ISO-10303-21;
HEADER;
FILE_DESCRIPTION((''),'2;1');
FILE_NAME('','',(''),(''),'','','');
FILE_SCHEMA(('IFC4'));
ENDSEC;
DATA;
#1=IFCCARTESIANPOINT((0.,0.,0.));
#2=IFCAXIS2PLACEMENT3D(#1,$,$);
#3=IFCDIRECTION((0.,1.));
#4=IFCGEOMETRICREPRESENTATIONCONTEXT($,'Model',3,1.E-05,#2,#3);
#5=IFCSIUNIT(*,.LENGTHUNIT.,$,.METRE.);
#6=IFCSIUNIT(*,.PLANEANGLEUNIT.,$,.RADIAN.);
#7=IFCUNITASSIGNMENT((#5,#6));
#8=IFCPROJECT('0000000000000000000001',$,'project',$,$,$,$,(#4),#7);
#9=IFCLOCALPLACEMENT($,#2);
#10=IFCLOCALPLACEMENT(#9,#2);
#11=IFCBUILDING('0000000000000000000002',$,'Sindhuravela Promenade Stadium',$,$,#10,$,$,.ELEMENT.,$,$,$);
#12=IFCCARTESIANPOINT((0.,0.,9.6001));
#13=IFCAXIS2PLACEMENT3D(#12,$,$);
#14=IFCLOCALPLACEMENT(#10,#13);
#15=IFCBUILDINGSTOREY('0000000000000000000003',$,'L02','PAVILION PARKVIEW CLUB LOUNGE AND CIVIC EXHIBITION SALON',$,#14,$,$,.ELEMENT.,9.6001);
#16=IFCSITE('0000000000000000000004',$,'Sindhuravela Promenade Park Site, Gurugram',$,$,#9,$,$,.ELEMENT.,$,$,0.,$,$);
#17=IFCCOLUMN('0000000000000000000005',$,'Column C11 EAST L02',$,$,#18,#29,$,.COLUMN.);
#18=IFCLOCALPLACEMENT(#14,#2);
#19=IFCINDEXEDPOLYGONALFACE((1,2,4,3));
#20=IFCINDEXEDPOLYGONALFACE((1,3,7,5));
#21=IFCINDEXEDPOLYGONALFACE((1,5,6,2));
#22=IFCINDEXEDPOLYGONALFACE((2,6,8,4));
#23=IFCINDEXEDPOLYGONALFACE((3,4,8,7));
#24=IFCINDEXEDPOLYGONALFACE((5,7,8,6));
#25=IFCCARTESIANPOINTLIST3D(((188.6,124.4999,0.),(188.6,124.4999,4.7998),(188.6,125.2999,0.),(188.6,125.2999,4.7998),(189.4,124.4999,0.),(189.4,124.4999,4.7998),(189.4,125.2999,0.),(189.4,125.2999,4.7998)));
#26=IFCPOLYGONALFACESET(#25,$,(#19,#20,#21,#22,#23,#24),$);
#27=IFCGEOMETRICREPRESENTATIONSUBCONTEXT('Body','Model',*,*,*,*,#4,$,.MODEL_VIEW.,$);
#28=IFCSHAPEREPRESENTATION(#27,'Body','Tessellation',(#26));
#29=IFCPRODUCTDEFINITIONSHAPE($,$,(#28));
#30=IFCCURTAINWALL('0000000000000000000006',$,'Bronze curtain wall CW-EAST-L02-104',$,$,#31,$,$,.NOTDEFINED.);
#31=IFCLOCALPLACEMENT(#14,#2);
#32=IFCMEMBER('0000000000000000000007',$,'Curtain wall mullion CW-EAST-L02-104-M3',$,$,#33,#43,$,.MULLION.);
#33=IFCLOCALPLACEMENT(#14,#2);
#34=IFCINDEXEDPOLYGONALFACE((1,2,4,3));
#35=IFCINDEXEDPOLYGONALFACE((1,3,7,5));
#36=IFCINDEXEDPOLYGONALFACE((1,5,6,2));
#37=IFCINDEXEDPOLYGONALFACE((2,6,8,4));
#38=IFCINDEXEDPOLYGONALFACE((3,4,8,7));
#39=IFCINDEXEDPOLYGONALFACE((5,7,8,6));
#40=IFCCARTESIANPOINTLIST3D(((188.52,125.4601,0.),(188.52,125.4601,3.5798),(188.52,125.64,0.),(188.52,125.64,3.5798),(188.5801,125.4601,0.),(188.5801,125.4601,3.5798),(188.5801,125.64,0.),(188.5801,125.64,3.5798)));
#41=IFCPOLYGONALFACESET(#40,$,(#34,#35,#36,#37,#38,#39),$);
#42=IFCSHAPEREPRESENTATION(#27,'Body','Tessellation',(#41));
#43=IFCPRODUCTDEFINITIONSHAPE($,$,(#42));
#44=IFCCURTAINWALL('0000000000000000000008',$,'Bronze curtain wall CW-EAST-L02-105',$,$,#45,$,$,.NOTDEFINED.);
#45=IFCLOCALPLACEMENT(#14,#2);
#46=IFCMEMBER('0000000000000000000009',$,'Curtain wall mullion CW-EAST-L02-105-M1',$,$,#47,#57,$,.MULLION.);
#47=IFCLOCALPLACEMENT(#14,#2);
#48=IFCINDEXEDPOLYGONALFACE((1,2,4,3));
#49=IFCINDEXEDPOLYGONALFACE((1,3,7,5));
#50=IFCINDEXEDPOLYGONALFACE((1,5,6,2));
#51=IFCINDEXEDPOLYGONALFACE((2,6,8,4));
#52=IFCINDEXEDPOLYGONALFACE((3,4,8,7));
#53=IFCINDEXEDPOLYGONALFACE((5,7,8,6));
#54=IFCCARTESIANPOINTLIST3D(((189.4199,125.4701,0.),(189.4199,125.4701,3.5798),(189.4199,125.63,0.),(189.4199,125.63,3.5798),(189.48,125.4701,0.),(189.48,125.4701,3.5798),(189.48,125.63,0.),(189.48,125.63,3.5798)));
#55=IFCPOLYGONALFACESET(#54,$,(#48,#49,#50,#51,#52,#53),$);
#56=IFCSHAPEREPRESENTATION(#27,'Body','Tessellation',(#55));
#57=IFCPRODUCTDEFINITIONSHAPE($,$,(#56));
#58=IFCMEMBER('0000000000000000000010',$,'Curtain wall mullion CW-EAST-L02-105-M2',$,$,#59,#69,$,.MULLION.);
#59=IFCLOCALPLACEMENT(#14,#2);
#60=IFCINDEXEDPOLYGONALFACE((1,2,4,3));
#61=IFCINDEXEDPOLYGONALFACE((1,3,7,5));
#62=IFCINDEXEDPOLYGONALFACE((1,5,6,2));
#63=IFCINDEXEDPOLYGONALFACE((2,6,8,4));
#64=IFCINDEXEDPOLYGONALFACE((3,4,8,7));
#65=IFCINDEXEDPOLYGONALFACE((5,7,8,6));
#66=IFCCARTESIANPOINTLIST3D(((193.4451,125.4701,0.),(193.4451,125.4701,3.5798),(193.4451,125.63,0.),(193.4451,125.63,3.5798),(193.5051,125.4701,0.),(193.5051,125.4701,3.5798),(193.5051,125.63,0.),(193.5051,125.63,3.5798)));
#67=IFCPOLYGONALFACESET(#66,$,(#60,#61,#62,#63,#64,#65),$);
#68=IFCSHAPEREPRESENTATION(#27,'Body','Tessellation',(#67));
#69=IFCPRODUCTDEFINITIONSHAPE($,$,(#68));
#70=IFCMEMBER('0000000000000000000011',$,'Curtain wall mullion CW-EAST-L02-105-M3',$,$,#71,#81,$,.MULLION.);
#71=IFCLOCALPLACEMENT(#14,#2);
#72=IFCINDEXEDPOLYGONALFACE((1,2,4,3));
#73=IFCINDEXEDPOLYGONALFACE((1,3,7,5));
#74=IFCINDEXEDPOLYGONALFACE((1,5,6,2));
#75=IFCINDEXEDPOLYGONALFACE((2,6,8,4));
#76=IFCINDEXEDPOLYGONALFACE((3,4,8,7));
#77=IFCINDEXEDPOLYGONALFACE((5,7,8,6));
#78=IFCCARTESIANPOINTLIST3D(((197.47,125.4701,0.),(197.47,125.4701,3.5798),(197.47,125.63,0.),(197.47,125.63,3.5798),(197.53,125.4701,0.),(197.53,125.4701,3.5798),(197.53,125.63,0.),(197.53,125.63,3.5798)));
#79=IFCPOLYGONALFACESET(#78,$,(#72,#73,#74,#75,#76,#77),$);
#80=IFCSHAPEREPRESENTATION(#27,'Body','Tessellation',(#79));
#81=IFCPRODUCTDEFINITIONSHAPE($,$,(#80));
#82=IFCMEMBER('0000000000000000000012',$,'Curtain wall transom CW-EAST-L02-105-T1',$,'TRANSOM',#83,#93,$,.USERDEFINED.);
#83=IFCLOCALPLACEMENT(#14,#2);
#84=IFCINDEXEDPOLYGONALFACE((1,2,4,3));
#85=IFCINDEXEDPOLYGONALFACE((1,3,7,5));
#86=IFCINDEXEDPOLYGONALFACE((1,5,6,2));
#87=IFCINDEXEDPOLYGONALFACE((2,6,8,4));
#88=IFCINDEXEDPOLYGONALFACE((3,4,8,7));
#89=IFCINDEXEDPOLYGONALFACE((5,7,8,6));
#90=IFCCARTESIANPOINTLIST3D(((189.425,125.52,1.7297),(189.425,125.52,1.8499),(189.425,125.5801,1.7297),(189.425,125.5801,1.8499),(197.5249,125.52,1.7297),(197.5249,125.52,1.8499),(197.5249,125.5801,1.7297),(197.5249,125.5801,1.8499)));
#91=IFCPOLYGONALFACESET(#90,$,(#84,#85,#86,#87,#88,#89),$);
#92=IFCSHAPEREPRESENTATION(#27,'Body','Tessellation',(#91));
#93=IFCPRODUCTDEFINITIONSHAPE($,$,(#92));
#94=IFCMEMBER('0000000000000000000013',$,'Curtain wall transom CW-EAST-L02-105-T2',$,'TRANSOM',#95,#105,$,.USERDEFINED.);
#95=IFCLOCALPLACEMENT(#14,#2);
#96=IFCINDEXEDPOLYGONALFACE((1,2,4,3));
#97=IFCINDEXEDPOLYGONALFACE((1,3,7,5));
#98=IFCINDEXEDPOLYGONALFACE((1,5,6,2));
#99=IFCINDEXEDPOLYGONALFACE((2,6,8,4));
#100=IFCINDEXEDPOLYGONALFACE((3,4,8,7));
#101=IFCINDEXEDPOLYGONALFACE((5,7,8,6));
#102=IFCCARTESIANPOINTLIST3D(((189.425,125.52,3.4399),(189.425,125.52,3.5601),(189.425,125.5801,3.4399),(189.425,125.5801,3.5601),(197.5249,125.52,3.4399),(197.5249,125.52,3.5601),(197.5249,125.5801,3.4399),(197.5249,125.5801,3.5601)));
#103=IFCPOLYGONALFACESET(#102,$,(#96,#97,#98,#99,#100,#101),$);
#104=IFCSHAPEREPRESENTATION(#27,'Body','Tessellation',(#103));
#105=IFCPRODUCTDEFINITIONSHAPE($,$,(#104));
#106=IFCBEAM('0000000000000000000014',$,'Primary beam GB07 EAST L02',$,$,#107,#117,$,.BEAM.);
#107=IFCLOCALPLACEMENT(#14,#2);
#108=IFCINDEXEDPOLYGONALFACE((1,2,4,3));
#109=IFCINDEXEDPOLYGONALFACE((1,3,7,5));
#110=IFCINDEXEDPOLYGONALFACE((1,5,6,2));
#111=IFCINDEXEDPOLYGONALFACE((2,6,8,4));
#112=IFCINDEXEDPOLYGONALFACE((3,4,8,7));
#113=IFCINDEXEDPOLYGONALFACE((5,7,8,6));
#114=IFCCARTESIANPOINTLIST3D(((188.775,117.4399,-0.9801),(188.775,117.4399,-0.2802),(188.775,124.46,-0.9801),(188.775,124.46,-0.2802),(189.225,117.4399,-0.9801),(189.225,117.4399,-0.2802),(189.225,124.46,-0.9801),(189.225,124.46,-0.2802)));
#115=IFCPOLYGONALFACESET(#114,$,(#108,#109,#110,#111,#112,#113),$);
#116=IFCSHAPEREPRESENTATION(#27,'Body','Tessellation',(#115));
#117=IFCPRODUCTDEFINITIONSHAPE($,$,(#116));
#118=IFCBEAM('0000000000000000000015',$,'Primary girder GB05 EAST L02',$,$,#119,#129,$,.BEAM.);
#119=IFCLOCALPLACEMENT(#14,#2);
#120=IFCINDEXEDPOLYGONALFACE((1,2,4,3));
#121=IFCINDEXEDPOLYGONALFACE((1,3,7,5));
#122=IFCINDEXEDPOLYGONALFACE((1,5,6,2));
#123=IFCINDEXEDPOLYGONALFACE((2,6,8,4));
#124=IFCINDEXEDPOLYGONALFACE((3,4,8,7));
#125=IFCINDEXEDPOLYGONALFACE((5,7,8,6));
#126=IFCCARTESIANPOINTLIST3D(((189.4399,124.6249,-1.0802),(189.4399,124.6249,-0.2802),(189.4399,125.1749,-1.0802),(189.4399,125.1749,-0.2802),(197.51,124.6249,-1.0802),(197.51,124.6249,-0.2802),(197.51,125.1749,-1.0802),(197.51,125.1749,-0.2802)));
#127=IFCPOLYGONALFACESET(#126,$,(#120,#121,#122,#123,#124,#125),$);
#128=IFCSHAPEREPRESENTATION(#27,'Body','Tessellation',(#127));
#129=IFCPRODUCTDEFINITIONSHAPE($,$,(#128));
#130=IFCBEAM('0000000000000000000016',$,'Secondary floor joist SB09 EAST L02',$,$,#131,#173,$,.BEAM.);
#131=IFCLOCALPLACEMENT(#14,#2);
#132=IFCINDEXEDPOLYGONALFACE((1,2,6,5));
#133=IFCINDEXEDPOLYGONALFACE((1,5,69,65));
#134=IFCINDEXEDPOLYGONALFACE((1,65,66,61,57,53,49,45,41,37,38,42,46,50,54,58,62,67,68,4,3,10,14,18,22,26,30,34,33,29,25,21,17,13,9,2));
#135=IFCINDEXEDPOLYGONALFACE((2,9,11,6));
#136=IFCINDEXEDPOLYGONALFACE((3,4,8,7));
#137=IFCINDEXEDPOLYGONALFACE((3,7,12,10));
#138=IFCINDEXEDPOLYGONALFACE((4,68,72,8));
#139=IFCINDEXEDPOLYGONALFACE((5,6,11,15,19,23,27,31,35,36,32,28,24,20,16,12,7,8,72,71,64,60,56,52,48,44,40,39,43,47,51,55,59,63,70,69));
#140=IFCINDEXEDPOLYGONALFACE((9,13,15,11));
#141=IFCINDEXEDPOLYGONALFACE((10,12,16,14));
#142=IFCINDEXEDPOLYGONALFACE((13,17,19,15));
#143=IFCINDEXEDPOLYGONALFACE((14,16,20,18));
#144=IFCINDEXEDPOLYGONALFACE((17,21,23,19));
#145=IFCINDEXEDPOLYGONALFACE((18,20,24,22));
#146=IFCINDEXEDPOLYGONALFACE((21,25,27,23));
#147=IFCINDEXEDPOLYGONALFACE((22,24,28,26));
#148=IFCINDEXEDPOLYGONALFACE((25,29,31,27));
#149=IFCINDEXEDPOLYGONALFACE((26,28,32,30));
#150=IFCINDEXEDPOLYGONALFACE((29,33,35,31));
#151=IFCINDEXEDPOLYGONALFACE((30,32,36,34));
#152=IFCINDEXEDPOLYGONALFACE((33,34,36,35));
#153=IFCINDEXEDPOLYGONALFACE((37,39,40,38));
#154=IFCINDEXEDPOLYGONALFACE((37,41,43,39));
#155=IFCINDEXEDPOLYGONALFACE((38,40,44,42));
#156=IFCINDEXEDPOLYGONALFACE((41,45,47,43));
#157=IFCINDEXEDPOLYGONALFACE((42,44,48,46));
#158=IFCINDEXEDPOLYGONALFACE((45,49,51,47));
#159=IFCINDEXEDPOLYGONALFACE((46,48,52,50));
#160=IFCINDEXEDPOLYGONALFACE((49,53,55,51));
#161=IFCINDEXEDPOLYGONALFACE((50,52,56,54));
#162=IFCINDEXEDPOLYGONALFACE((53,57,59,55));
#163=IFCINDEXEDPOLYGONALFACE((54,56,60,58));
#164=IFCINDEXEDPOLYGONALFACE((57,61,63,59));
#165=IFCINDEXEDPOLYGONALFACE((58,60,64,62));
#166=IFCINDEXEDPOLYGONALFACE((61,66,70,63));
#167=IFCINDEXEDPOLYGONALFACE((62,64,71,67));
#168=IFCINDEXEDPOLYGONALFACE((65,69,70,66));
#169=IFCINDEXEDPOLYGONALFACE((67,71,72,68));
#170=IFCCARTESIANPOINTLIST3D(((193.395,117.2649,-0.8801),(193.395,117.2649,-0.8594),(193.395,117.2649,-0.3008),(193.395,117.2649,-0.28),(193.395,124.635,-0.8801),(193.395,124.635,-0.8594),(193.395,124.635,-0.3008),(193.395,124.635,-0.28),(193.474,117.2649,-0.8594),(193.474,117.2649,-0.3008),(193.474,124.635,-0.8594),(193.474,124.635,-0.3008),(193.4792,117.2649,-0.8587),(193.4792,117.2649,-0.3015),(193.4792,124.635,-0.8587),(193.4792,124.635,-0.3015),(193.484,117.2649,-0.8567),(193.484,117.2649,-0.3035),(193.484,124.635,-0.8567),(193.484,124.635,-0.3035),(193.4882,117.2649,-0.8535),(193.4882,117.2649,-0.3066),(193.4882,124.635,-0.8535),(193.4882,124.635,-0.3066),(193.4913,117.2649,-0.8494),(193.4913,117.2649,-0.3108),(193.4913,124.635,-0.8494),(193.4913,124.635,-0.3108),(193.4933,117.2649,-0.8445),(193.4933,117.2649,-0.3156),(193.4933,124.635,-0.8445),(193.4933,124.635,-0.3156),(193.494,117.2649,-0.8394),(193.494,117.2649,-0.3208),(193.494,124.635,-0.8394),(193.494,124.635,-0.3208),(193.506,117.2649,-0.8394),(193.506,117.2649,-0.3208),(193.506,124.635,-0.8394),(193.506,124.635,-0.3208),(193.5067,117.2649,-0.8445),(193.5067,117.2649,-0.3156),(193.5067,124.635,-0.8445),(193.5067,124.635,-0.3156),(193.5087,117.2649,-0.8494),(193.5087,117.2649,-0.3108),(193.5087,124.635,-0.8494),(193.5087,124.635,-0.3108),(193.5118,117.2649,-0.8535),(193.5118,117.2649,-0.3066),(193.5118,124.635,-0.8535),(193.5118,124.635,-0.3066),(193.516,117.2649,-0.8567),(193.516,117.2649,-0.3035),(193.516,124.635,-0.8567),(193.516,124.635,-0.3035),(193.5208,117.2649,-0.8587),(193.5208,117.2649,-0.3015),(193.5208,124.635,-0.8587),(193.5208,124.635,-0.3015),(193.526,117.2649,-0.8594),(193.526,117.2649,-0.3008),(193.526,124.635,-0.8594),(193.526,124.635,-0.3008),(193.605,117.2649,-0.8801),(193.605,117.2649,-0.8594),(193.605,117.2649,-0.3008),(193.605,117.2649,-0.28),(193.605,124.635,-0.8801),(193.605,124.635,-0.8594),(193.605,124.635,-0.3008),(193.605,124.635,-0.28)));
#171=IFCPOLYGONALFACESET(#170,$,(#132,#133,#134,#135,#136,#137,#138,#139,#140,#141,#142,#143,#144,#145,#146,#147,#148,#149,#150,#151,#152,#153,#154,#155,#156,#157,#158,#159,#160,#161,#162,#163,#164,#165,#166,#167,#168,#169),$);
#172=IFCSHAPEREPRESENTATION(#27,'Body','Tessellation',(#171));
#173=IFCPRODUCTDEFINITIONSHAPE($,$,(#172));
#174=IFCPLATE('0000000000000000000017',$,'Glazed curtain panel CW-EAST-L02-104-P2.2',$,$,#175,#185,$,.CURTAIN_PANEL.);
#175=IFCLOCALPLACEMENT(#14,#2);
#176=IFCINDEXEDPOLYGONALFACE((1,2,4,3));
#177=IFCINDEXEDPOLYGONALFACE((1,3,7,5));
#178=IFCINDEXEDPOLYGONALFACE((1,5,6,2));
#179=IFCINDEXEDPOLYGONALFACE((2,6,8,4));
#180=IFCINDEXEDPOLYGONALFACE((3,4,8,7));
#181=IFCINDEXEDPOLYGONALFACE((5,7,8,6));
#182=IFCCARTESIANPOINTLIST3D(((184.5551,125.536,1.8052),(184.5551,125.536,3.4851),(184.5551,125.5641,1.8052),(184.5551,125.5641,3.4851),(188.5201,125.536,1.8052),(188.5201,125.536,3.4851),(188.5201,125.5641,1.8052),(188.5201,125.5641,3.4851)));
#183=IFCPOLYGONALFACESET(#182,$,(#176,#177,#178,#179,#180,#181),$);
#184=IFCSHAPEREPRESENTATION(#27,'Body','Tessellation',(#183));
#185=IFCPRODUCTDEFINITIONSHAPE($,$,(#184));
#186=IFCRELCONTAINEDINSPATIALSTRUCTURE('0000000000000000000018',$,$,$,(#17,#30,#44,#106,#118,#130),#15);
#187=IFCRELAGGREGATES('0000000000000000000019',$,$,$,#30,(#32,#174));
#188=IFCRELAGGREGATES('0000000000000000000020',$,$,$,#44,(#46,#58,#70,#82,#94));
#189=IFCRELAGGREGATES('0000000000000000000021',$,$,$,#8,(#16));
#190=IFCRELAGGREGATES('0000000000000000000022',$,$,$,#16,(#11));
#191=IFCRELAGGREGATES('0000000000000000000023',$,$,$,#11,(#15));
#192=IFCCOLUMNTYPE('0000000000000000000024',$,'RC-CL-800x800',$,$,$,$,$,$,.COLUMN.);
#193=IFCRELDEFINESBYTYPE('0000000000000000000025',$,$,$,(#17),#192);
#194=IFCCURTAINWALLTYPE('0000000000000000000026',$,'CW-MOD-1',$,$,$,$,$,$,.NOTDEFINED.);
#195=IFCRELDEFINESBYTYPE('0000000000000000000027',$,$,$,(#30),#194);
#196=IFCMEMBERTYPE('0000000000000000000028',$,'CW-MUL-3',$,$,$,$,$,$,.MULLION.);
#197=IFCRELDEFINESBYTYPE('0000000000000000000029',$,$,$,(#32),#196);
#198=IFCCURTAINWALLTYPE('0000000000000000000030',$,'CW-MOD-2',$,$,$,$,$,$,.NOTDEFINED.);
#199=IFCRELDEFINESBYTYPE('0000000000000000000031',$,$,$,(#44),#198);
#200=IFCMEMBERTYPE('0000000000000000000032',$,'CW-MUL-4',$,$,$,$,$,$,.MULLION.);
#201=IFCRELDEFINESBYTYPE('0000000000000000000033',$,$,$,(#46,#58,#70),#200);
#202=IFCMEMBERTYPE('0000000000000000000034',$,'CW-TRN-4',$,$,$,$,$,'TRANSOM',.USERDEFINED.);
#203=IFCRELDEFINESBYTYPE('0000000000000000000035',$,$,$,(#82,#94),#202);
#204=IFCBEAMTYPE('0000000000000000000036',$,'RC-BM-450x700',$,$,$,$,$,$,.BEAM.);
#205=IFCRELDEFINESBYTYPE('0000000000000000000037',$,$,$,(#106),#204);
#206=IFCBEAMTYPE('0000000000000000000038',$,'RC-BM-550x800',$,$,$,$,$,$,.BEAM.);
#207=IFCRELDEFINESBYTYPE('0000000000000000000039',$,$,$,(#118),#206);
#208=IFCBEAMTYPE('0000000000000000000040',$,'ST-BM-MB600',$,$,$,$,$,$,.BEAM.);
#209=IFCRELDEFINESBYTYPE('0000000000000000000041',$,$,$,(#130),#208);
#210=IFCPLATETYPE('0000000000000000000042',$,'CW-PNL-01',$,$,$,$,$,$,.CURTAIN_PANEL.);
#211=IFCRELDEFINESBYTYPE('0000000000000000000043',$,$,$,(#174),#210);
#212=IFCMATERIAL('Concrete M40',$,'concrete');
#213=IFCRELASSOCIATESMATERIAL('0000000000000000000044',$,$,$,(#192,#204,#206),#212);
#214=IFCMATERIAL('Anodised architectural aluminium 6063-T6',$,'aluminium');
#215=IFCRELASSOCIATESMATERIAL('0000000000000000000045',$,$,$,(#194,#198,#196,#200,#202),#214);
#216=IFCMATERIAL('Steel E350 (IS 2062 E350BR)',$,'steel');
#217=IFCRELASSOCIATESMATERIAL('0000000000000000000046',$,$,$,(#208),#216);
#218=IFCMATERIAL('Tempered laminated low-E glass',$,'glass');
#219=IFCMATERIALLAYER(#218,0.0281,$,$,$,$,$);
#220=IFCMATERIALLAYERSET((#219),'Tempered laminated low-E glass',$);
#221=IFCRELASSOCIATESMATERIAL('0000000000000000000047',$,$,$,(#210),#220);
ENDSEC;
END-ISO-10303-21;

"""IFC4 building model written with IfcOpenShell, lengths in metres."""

from ifc_helpers import new_model, si_unit, direction, frame, origin, origin_2d, place, context, subcontext, project, spatial, rectangle, i_section, extrude, material, layer, layer_set, material_profile, profile_set, type_object, element, aggregate, save


model = new_model("IFC4")

# Units and contexts
model_context = context("Model", 3, precision=1e-05, world=origin(), true_north=direction((0.0, 1.0)))
body_context = subcontext(model_context, "Body", "Model", "MODEL_VIEW")
ifc_project = project(units=[si_unit("LENGTHUNIT", "METRE"), si_unit("PLANEANGLEUNIT", "RADIAN")], contexts=[model_context])

# Site, building, storey
site_placement = place(None, origin())
site = spatial("IfcSite", under=ifc_project, at=site_placement, Name="Sindhuravela Promenade Park Site, Gurugram", CompositionType="ELEMENT", RefElevation=0.0)
building_placement = place(site_placement, origin())
building = spatial("IfcBuilding", under=site, at=building_placement, Name="Sindhuravela Promenade Stadium", CompositionType="ELEMENT")
storey_placement = place(building_placement, frame((0.0, 0.0, 9.6001)))
storey = spatial("IfcBuildingStorey", under=building, at=storey_placement, Name="L02", Description="PAVILION PARKVIEW CLUB LOUNGE AND CIVIC EXHIBITION SALON", CompositionType="ELEMENT", Elevation=9.6001)

# Column
ifc_material_1 = material(Name="Concrete M40", Category="concrete")
ifc_material_profile_1 = material_profile(ifc_material_1, rectangle(XDim=0.8, YDim=0.8, at=origin_2d()), Name="RC 800x800")
ifc_profile_set_1 = profile_set([ifc_material_profile_1], Name="Concrete M40")
column_type = type_object("IfcColumnType", Name="RC-CL-800x800", PredefinedType="COLUMN", material=ifc_profile_set_1)
column_placement = place(storey_placement, frame((189.0, 124.8999, 0.0), z_axis=(0.0, 0.0, 1.0), x_axis=(1.0, 0.0, 0.0)))
element("IfcColumn", 1, at=column_placement, inside=storey, type_object=column_type, Name="Column C11 EAST L02", PredefinedType="COLUMN", context=body_context, shape_type="SweptSolid", body=[
    extrude(rectangle(XDim=0.8, YDim=0.8, at=origin_2d()), origin(), (0.0, 0.0, 1.0), 4.7998),
])

# Curtain wall, member
ifc_material_2 = material(Name="Anodised architectural aluminium 6063-T6", Category="aluminium")
curtain_wall_type_1 = type_object("IfcCurtainWallType", Name="CW-MOD-1", PredefinedType="NOTDEFINED", material=ifc_material_2)
curtain_wall_1_placement = place(storey_placement, origin())
curtain_wall_1 = element("IfcCurtainWall", 2, at=curtain_wall_1_placement, inside=storey, type_object=curtain_wall_type_1, Name="Bronze curtain wall CW-EAST-L02-104", PredefinedType="NOTDEFINED")
ifc_material_profile_2 = material_profile(ifc_material_2, rectangle(XDim=0.0601, YDim=0.1799, at=origin_2d()), Name="ALU M60x180")
ifc_profile_set_2 = profile_set([ifc_material_profile_2], Name="Anodised architectural aluminium 6063-T6")
member_type_1 = type_object("IfcMemberType", Name="CW-MUL-3", PredefinedType="MULLION", material=ifc_profile_set_2)
member_1_placement = place(storey_placement, frame((188.55, 125.55, 0.0), z_axis=(0.0, 0.0, 1.0), x_axis=(1.0, 0.0, 0.0)))
member_1 = element("IfcMember", 3, at=member_1_placement, type_object=member_type_1, Name="Curtain wall mullion CW-EAST-L02-104-M3", PredefinedType="MULLION", context=body_context, shape_type="SweptSolid", body=[
    extrude(rectangle(XDim=0.0601, YDim=0.1799, at=origin_2d()), origin(), (0.0, 0.0, 1.0), 3.5798),
])

# Curtain wall, members
curtain_wall_type_2 = type_object("IfcCurtainWallType", Name="CW-MOD-2", PredefinedType="NOTDEFINED", material=ifc_material_2)
curtain_wall_2_placement = place(storey_placement, origin())
curtain_wall_2 = element("IfcCurtainWall", 4, at=curtain_wall_2_placement, inside=storey, type_object=curtain_wall_type_2, Name="Bronze curtain wall CW-EAST-L02-105", PredefinedType="NOTDEFINED")
ifc_material_profile_3 = material_profile(ifc_material_2, rectangle(XDim=0.0601, YDim=0.1599, at=origin_2d()), Name="ALU M60x160")
ifc_profile_set_3 = profile_set([ifc_material_profile_3], Name="Anodised architectural aluminium 6063-T6")
member_type_2 = type_object("IfcMemberType", Name="CW-MUL-4", PredefinedType="MULLION", material=ifc_profile_set_3)
member_2_placement = place(storey_placement, frame((189.45, 125.55, 0.0), z_axis=(0.0, 0.0, 1.0), x_axis=(1.0, 0.0, 0.0)))
member_2 = element("IfcMember", 5, at=member_2_placement, type_object=member_type_2, Name="Curtain wall mullion CW-EAST-L02-105-M1", PredefinedType="MULLION", context=body_context, shape_type="SweptSolid", body=[
    extrude(rectangle(XDim=0.0601, YDim=0.1599, at=origin_2d()), origin(), (0.0, 0.0, 1.0), 3.5798),
])
member_3_placement = place(storey_placement, frame((193.4751, 125.55, 0.0), z_axis=(0.0, 0.0, 1.0), x_axis=(1.0, 0.0, 0.0)))
member_3 = element("IfcMember", 6, at=member_3_placement, type_object=member_type_2, Name="Curtain wall mullion CW-EAST-L02-105-M2", PredefinedType="MULLION", context=body_context, shape_type="SweptSolid", body=[
    extrude(rectangle(XDim=0.0601, YDim=0.1599, at=origin_2d()), origin(), (0.0, 0.0, 1.0), 3.5798),
])
member_4_placement = place(storey_placement, frame((197.5, 125.55, 0.0), z_axis=(0.0, 0.0, 1.0), x_axis=(1.0, 0.0, 0.0)))
member_4 = element("IfcMember", 7, at=member_4_placement, type_object=member_type_2, Name="Curtain wall mullion CW-EAST-L02-105-M3", PredefinedType="MULLION", context=body_context, shape_type="SweptSolid", body=[
    extrude(rectangle(XDim=0.0601, YDim=0.1599, at=origin_2d()), origin(), (0.0, 0.0, 1.0), 3.5798),
])
ifc_material_profile_4 = material_profile(ifc_material_2, rectangle(XDim=0.0601, YDim=0.1201, at=origin_2d()), Name="ALU T60x120")
ifc_profile_set_4 = profile_set([ifc_material_profile_4], Name="Anodised architectural aluminium 6063-T6")
member_type_3 = type_object("IfcMemberType", Name="CW-TRN-4", ElementType="TRANSOM", PredefinedType="USERDEFINED", material=ifc_profile_set_4)
member_5_placement = place(storey_placement, frame((189.425, 125.55, 1.7898), z_axis=(1.0, 0.0, 0.0), x_axis=(0.0, 1.0, 0.0)))
member_5 = element("IfcMember", 8, at=member_5_placement, type_object=member_type_3, Name="Curtain wall transom CW-EAST-L02-105-T1", ObjectType="TRANSOM", PredefinedType="USERDEFINED", context=body_context, shape_type="SweptSolid", body=[
    extrude(rectangle(XDim=0.0601, YDim=0.1201, at=origin_2d()), origin(), (0.0, 0.0, 1.0), 8.0999),
])
member_6_placement = place(storey_placement, frame((189.425, 125.55, 3.5), z_axis=(1.0, 0.0, 0.0), x_axis=(0.0, 1.0, 0.0)))
member_6 = element("IfcMember", 9, at=member_6_placement, type_object=member_type_3, Name="Curtain wall transom CW-EAST-L02-105-T2", ObjectType="TRANSOM", PredefinedType="USERDEFINED", context=body_context, shape_type="SweptSolid", body=[
    extrude(rectangle(XDim=0.0601, YDim=0.1201, at=origin_2d()), origin(), (0.0, 0.0, 1.0), 8.0999),
])

# Beams
ifc_material_profile_5 = material_profile(ifc_material_1, rectangle(XDim=0.45, YDim=0.7, at=origin_2d()), Name="RC 450x700")
ifc_profile_set_5 = profile_set([ifc_material_profile_5], Name="Concrete M40")
beam_type_1 = type_object("IfcBeamType", Name="RC-BM-450x700", PredefinedType="BEAM", material=ifc_profile_set_5)
beam_1_placement = place(storey_placement, frame((189.0, 117.4399, -0.6301), z_axis=(0.0, 1.0, 0.0), x_axis=(-1.0, 0.0, 0.0)))
element("IfcBeam", 10, at=beam_1_placement, inside=storey, type_object=beam_type_1, Name="Primary beam GB07 EAST L02", PredefinedType="BEAM", context=body_context, shape_type="SweptSolid", body=[
    extrude(rectangle(XDim=0.45, YDim=0.7, at=origin_2d()), origin(), (0.0, 0.0, 1.0), 7.02),
])
ifc_material_profile_6 = material_profile(ifc_material_1, rectangle(XDim=0.55, YDim=0.8, at=origin_2d()), Name="RC 550x800")
ifc_profile_set_6 = profile_set([ifc_material_profile_6], Name="Concrete M40")
beam_type_2 = type_object("IfcBeamType", Name="RC-BM-550x800", PredefinedType="BEAM", material=ifc_profile_set_6)
beam_2_placement = place(storey_placement, frame((189.4399, 124.8999, -0.6802), z_axis=(1.0, 0.0, 0.0), x_axis=(0.0, 1.0, 0.0)))
element("IfcBeam", 11, at=beam_2_placement, inside=storey, type_object=beam_type_2, Name="Primary girder GB05 EAST L02", PredefinedType="BEAM", context=body_context, shape_type="SweptSolid", body=[
    extrude(rectangle(XDim=0.55, YDim=0.8, at=origin_2d()), origin(), (0.0, 0.0, 1.0), 8.0701),
])
ifc_material_3 = material(Name="Steel E350 (IS 2062 E350BR)", Category="steel")
ifc_material_profile_7 = material_profile(ifc_material_3, i_section(OverallWidth=0.21, OverallDepth=0.6001, WebThickness=0.012, FlangeThickness=0.0208, FilletRadius=0.02, at=origin_2d()), Name="ISMB 600")
ifc_profile_set_7 = profile_set([ifc_material_profile_7], Name="Steel E350 (IS 2062 E350BR)")
beam_type_3 = type_object("IfcBeamType", Name="ST-BM-MB600", PredefinedType="BEAM", material=ifc_profile_set_7)
beam_3_placement = place(storey_placement, frame((193.5, 117.2649, -0.5801), z_axis=(0.0, 1.0, 0.0), x_axis=(-1.0, 0.0, 0.0)))
element("IfcBeam", 12, at=beam_3_placement, inside=storey, type_object=beam_type_3, Name="Secondary floor joist SB09 EAST L02", PredefinedType="BEAM", context=body_context, shape_type="SweptSolid", body=[
    extrude(i_section(OverallWidth=0.21, OverallDepth=0.6001, WebThickness=0.012, FlangeThickness=0.0208, FilletRadius=0.02, at=origin_2d()), origin(), (0.0, 0.0, 1.0), 7.3701),
])

# Plate
ifc_material_4 = material(Name="Tempered laminated low-E glass", Category="glass")
ifc_layer_1 = layer(ifc_material_4, 0.0281)
ifc_layer_set_1 = layer_set([ifc_layer_1], Name="Tempered laminated low-E glass")
plate_type_1 = type_object("IfcPlateType", Name="CW-PNL-01", PredefinedType="CURTAIN_PANEL", material=ifc_layer_set_1)
plate_1_placement = place(storey_placement, frame((186.5376, 125.55, 1.8052), z_axis=(0.0, 0.0, 1.0), x_axis=(1.0, 0.0, 0.0)))
plate_1 = element("IfcPlate", 13, at=plate_1_placement, type_object=plate_type_1, Name="Glazed curtain panel CW-EAST-L02-104-P2.2", PredefinedType="CURTAIN_PANEL", context=body_context, shape_type="SweptSolid", body=[
    extrude(rectangle(XDim=3.9651, YDim=0.0281, at=origin_2d()), origin(), (0.0, 0.0, 1.0), 1.6799),
])
aggregate(curtain_wall_1, [member_1, plate_1])
aggregate(curtain_wall_2, [member_2, member_3, member_4, member_5, member_6])

save(model, "model.ifc")
